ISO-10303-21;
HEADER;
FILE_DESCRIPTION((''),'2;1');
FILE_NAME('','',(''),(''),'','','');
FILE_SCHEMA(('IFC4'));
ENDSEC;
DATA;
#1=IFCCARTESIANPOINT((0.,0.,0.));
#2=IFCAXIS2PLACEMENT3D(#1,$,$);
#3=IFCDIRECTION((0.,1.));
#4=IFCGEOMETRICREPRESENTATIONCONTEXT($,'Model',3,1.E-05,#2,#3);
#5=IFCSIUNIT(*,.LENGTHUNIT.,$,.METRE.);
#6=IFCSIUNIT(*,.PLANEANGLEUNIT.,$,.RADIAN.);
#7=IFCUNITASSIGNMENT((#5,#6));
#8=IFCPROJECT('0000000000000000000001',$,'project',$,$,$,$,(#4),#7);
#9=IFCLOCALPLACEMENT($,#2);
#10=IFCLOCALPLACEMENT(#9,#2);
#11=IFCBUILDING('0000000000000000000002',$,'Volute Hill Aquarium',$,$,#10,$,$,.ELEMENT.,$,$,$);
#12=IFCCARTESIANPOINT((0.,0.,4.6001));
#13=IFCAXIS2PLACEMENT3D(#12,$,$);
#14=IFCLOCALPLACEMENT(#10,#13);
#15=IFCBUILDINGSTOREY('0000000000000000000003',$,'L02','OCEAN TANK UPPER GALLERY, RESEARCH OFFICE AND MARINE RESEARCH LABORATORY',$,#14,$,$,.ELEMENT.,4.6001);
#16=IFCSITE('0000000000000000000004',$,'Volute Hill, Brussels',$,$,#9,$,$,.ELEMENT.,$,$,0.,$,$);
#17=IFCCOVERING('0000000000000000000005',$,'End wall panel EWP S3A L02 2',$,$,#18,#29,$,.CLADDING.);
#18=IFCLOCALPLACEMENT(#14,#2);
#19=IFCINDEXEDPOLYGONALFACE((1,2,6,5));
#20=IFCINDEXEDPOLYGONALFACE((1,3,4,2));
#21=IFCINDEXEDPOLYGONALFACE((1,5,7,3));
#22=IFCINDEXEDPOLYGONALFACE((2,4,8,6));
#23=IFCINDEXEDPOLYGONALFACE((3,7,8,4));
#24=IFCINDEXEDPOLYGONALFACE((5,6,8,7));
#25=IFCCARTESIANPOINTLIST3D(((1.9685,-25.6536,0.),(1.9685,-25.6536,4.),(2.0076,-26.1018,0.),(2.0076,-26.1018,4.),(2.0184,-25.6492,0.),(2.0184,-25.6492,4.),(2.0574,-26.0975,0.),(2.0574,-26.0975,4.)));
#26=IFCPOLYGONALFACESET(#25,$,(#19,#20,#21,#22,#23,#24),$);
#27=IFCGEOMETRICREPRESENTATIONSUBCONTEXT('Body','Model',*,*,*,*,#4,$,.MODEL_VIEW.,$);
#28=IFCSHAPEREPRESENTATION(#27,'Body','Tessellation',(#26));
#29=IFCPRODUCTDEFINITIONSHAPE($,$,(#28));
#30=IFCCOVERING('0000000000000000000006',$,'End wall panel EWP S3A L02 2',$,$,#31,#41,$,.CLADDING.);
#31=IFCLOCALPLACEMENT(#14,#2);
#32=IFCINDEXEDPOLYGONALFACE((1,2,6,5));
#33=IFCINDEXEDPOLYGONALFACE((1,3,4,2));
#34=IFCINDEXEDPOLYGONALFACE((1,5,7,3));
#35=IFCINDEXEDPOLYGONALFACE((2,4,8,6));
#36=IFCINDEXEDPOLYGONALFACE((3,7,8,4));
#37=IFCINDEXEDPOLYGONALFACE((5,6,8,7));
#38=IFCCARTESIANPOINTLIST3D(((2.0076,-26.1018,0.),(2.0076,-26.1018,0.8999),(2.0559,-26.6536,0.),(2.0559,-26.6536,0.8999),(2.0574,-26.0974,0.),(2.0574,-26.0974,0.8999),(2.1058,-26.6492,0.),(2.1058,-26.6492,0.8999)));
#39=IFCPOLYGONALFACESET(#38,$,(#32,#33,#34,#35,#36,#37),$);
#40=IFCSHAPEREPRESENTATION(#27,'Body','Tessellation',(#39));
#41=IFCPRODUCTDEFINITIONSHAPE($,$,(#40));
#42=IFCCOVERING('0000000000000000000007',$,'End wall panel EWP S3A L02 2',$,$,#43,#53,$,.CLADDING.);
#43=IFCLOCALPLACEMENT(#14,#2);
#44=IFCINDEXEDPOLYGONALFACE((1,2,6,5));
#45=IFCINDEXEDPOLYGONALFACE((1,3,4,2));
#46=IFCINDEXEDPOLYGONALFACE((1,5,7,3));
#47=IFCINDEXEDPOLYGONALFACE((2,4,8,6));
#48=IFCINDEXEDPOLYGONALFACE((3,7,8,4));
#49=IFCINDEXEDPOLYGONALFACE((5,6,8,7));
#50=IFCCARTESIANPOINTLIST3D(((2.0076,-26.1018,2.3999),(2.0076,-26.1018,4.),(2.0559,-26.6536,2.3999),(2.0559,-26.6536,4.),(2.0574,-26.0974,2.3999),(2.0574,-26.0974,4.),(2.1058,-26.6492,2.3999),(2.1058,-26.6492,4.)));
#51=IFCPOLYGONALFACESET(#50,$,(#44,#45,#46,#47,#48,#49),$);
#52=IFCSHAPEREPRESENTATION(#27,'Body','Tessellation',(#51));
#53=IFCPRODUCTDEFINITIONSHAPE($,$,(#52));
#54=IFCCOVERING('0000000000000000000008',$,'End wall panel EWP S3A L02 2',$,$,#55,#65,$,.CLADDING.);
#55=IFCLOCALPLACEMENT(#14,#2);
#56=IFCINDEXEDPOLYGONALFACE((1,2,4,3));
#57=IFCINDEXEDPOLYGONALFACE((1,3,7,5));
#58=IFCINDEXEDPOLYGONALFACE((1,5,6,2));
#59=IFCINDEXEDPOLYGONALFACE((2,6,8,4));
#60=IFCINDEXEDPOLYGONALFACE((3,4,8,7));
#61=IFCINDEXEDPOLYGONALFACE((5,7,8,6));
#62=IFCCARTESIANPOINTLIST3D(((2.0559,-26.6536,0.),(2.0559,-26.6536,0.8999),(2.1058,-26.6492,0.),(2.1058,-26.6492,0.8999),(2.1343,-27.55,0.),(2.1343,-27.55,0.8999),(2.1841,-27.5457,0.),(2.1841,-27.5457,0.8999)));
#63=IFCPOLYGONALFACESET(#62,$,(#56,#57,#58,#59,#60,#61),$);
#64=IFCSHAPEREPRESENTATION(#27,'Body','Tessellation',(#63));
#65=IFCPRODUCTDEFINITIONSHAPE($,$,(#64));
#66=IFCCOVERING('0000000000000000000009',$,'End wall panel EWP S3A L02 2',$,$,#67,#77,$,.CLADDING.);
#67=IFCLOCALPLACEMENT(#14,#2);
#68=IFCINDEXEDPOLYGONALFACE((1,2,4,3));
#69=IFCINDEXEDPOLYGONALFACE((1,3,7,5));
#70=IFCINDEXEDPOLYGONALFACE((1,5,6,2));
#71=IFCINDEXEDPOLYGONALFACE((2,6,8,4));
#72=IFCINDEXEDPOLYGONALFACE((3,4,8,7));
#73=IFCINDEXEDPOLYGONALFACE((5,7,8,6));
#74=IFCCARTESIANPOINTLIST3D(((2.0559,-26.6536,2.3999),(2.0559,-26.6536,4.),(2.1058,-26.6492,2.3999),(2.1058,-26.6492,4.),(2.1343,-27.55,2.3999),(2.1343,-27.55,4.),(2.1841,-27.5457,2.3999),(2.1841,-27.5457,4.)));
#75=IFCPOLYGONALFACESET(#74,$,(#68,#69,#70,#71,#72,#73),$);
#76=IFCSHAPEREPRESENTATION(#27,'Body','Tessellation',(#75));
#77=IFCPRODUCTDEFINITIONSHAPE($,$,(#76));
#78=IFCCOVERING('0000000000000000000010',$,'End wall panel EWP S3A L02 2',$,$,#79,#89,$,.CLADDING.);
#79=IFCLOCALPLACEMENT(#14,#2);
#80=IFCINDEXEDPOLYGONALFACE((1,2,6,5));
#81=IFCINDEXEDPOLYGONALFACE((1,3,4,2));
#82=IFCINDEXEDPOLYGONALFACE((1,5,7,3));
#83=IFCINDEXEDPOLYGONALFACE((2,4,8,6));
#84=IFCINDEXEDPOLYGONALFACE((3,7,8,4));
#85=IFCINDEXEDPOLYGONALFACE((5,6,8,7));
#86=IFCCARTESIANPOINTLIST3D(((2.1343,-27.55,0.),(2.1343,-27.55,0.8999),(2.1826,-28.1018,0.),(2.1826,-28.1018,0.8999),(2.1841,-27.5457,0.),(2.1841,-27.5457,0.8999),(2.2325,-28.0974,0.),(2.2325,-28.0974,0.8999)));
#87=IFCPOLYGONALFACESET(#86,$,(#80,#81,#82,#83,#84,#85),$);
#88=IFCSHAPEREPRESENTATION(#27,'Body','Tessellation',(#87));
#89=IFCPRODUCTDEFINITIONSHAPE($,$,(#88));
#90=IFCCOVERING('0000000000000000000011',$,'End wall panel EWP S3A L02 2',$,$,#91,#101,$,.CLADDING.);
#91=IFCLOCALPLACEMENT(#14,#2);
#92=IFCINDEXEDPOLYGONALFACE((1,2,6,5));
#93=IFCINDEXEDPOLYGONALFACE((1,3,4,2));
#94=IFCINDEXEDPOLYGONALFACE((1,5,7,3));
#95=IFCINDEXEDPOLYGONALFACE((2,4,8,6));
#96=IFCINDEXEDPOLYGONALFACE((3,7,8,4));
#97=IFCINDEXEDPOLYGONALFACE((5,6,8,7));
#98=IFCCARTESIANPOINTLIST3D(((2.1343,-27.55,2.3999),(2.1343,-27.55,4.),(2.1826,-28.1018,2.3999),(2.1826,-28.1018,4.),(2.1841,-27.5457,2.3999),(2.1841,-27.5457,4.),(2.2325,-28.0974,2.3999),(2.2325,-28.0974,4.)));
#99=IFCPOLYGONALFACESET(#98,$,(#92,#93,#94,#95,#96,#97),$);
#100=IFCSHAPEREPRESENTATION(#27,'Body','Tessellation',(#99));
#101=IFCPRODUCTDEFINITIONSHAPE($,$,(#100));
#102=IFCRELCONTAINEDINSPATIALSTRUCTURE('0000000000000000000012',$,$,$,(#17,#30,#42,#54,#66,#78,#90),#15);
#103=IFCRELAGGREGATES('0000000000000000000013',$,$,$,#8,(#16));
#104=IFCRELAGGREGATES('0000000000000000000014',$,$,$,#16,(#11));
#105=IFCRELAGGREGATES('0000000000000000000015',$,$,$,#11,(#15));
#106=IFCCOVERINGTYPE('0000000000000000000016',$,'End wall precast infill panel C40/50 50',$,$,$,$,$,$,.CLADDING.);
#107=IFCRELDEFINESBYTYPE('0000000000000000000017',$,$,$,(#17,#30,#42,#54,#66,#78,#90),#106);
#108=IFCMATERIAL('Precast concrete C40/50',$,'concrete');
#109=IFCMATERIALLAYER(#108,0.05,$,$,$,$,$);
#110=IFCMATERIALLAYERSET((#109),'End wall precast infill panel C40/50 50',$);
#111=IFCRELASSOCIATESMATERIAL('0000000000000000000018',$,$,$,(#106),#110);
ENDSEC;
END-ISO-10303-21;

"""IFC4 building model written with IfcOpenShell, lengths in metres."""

from ifc_helpers import new_model, si_unit, direction, frame, origin, place, context, subcontext, project, spatial, polyline, outline, extrude, material, layer, layer_set, type_object, element, save


model = new_model("IFC4")

# Units and contexts
model_context = context("Model", 3, precision=1e-05, world=origin(), true_north=direction((0.0, 1.0)))
body_context = subcontext(model_context, "Body", "Model", "MODEL_VIEW")
ifc_project = project(units=[si_unit("LENGTHUNIT", "METRE"), si_unit("PLANEANGLEUNIT", "RADIAN")], contexts=[model_context])

# Site, building, storey
site_placement = place(None, origin())
site = spatial("IfcSite", under=ifc_project, at=site_placement, Name="Volute Hill, Brussels", CompositionType="ELEMENT", RefElevation=0.0)
building_placement = place(site_placement, origin())
building = spatial("IfcBuilding", under=site, at=building_placement, Name="Volute Hill Aquarium", CompositionType="ELEMENT")
storey_placement = place(building_placement, frame((0.0, 0.0, 4.6001)))
storey = spatial("IfcBuildingStorey", under=building, at=storey_placement, Name="L02", Description="OCEAN TANK UPPER GALLERY, RESEARCH OFFICE AND MARINE RESEARCH LABORATORY", CompositionType="ELEMENT", Elevation=4.6001)

# Coverings
ifc_material_1 = material(Name="Precast concrete C40/50", Category="concrete")
ifc_layer_1 = layer(ifc_material_1, 0.05)
ifc_layer_set_1 = layer_set([ifc_layer_1], Name="End wall precast infill panel C40/50 50")
covering_type = type_object("IfcCoveringType", Name="End wall precast infill panel C40/50 50", PredefinedType="CLADDING", material=ifc_layer_set_1)
covering_1_placement = place(storey_placement, frame((1.9685, -25.6536, 0.0), z_axis=(-0.996224, -0.086817, 0.0), x_axis=(0.086817, -0.996224, 0.0)))
element("IfcCovering", 1, at=covering_1_placement, inside=storey, type_object=covering_type, Name="End wall panel EWP S3A L02 2", PredefinedType="CLADDING", context=body_context, shape_type="SweptSolid", body=[
    extrude(outline(polyline([(0.0, 0.0), (0.4499, 0.0), (0.4499, 4.0), (0.0, 4.0), (0.0, 0.0)])), origin(), (0.0, 0.0, -1.0), 0.05),
])
covering_2_placement = place(storey_placement, frame((2.0076, -26.1018, 0.0), z_axis=(-0.996184, -0.087276, 0.0), x_axis=(0.087276, -0.996184, 0.0)))
element("IfcCovering", 2, at=covering_2_placement, inside=storey, type_object=covering_type, Name="End wall panel EWP S3A L02 2", PredefinedType="CLADDING", context=body_context, shape_type="SweptSolid", body=[
    extrude(outline(polyline([(0.0, 0.0), (0.5539, 0.0), (0.5539, 0.8999), (0.0, 0.8999), (0.0, 0.0)])), origin(), (0.0, 0.0, -1.0), 0.05),
])
covering_3_placement = place(storey_placement, frame((2.0076, -26.1018, 2.3999), z_axis=(-0.996184, -0.087276, 0.0), x_axis=(0.087276, -0.996184, 0.0)))
element("IfcCovering", 3, at=covering_3_placement, inside=storey, type_object=covering_type, Name="End wall panel EWP S3A L02 2", PredefinedType="CLADDING", context=body_context, shape_type="SweptSolid", body=[
    extrude(outline(polyline([(0.0, 0.0), (0.5539, 0.0), (0.5539, 1.6001), (0.0, 1.6001), (0.0, 0.0)])), origin(), (0.0, 0.0, -1.0), 0.05),
])
covering_4_placement = place(storey_placement, frame((2.0559, -26.6536, 0.0), z_axis=(-0.996201, -0.087086, 0.0), x_axis=(0.087086, -0.996201, 0.0)))
element("IfcCovering", 4, at=covering_4_placement, inside=storey, type_object=covering_type, Name="End wall panel EWP S3A L02 2", PredefinedType="CLADDING", context=body_context, shape_type="SweptSolid", body=[
    extrude(outline(polyline([(0.0, 0.0), (0.8999, 0.0), (0.8999, 0.8999), (0.0, 0.8999), (0.0, 0.0)])), origin(), (0.0, 0.0, -1.0), 0.05),
])
covering_5_placement = place(storey_placement, frame((2.0559, -26.6536, 2.3999), z_axis=(-0.996201, -0.087086, 0.0), x_axis=(0.087086, -0.996201, 0.0)))
element("IfcCovering", 5, at=covering_5_placement, inside=storey, type_object=covering_type, Name="End wall panel EWP S3A L02 2", PredefinedType="CLADDING", context=body_context, shape_type="SweptSolid", body=[
    extrude(outline(polyline([(0.0, 0.0), (0.8999, 0.0), (0.8999, 1.6001), (0.0, 1.6001), (0.0, 0.0)])), origin(), (0.0, 0.0, -1.0), 0.05),
])
covering_6_placement = place(storey_placement, frame((2.1343, -27.55, 0.0), z_axis=(-0.996184, -0.087276, 0.0), x_axis=(0.087276, -0.996184, 0.0)))
element("IfcCovering", 6, at=covering_6_placement, inside=storey, type_object=covering_type, Name="End wall panel EWP S3A L02 2", PredefinedType="CLADDING", context=body_context, shape_type="SweptSolid", body=[
    extrude(outline(polyline([(0.0, 0.0), (0.5539, 0.0), (0.5539, 0.8999), (0.0, 0.8999), (0.0, 0.0)])), origin(), (0.0, 0.0, -1.0), 0.05),
])
covering_7_placement = place(storey_placement, frame((2.1343, -27.55, 2.3999), z_axis=(-0.996184, -0.087276, 0.0), x_axis=(0.087276, -0.996184, 0.0)))
element("IfcCovering", 7, at=covering_7_placement, inside=storey, type_object=covering_type, Name="End wall panel EWP S3A L02 2", PredefinedType="CLADDING", context=body_context, shape_type="SweptSolid", body=[
    extrude(outline(polyline([(0.0, 0.0), (0.5539, 0.0), (0.5539, 1.6001), (0.0, 1.6001), (0.0, 0.0)])), origin(), (0.0, 0.0, -1.0), 0.05),
])

save(model, "model.ifc")
